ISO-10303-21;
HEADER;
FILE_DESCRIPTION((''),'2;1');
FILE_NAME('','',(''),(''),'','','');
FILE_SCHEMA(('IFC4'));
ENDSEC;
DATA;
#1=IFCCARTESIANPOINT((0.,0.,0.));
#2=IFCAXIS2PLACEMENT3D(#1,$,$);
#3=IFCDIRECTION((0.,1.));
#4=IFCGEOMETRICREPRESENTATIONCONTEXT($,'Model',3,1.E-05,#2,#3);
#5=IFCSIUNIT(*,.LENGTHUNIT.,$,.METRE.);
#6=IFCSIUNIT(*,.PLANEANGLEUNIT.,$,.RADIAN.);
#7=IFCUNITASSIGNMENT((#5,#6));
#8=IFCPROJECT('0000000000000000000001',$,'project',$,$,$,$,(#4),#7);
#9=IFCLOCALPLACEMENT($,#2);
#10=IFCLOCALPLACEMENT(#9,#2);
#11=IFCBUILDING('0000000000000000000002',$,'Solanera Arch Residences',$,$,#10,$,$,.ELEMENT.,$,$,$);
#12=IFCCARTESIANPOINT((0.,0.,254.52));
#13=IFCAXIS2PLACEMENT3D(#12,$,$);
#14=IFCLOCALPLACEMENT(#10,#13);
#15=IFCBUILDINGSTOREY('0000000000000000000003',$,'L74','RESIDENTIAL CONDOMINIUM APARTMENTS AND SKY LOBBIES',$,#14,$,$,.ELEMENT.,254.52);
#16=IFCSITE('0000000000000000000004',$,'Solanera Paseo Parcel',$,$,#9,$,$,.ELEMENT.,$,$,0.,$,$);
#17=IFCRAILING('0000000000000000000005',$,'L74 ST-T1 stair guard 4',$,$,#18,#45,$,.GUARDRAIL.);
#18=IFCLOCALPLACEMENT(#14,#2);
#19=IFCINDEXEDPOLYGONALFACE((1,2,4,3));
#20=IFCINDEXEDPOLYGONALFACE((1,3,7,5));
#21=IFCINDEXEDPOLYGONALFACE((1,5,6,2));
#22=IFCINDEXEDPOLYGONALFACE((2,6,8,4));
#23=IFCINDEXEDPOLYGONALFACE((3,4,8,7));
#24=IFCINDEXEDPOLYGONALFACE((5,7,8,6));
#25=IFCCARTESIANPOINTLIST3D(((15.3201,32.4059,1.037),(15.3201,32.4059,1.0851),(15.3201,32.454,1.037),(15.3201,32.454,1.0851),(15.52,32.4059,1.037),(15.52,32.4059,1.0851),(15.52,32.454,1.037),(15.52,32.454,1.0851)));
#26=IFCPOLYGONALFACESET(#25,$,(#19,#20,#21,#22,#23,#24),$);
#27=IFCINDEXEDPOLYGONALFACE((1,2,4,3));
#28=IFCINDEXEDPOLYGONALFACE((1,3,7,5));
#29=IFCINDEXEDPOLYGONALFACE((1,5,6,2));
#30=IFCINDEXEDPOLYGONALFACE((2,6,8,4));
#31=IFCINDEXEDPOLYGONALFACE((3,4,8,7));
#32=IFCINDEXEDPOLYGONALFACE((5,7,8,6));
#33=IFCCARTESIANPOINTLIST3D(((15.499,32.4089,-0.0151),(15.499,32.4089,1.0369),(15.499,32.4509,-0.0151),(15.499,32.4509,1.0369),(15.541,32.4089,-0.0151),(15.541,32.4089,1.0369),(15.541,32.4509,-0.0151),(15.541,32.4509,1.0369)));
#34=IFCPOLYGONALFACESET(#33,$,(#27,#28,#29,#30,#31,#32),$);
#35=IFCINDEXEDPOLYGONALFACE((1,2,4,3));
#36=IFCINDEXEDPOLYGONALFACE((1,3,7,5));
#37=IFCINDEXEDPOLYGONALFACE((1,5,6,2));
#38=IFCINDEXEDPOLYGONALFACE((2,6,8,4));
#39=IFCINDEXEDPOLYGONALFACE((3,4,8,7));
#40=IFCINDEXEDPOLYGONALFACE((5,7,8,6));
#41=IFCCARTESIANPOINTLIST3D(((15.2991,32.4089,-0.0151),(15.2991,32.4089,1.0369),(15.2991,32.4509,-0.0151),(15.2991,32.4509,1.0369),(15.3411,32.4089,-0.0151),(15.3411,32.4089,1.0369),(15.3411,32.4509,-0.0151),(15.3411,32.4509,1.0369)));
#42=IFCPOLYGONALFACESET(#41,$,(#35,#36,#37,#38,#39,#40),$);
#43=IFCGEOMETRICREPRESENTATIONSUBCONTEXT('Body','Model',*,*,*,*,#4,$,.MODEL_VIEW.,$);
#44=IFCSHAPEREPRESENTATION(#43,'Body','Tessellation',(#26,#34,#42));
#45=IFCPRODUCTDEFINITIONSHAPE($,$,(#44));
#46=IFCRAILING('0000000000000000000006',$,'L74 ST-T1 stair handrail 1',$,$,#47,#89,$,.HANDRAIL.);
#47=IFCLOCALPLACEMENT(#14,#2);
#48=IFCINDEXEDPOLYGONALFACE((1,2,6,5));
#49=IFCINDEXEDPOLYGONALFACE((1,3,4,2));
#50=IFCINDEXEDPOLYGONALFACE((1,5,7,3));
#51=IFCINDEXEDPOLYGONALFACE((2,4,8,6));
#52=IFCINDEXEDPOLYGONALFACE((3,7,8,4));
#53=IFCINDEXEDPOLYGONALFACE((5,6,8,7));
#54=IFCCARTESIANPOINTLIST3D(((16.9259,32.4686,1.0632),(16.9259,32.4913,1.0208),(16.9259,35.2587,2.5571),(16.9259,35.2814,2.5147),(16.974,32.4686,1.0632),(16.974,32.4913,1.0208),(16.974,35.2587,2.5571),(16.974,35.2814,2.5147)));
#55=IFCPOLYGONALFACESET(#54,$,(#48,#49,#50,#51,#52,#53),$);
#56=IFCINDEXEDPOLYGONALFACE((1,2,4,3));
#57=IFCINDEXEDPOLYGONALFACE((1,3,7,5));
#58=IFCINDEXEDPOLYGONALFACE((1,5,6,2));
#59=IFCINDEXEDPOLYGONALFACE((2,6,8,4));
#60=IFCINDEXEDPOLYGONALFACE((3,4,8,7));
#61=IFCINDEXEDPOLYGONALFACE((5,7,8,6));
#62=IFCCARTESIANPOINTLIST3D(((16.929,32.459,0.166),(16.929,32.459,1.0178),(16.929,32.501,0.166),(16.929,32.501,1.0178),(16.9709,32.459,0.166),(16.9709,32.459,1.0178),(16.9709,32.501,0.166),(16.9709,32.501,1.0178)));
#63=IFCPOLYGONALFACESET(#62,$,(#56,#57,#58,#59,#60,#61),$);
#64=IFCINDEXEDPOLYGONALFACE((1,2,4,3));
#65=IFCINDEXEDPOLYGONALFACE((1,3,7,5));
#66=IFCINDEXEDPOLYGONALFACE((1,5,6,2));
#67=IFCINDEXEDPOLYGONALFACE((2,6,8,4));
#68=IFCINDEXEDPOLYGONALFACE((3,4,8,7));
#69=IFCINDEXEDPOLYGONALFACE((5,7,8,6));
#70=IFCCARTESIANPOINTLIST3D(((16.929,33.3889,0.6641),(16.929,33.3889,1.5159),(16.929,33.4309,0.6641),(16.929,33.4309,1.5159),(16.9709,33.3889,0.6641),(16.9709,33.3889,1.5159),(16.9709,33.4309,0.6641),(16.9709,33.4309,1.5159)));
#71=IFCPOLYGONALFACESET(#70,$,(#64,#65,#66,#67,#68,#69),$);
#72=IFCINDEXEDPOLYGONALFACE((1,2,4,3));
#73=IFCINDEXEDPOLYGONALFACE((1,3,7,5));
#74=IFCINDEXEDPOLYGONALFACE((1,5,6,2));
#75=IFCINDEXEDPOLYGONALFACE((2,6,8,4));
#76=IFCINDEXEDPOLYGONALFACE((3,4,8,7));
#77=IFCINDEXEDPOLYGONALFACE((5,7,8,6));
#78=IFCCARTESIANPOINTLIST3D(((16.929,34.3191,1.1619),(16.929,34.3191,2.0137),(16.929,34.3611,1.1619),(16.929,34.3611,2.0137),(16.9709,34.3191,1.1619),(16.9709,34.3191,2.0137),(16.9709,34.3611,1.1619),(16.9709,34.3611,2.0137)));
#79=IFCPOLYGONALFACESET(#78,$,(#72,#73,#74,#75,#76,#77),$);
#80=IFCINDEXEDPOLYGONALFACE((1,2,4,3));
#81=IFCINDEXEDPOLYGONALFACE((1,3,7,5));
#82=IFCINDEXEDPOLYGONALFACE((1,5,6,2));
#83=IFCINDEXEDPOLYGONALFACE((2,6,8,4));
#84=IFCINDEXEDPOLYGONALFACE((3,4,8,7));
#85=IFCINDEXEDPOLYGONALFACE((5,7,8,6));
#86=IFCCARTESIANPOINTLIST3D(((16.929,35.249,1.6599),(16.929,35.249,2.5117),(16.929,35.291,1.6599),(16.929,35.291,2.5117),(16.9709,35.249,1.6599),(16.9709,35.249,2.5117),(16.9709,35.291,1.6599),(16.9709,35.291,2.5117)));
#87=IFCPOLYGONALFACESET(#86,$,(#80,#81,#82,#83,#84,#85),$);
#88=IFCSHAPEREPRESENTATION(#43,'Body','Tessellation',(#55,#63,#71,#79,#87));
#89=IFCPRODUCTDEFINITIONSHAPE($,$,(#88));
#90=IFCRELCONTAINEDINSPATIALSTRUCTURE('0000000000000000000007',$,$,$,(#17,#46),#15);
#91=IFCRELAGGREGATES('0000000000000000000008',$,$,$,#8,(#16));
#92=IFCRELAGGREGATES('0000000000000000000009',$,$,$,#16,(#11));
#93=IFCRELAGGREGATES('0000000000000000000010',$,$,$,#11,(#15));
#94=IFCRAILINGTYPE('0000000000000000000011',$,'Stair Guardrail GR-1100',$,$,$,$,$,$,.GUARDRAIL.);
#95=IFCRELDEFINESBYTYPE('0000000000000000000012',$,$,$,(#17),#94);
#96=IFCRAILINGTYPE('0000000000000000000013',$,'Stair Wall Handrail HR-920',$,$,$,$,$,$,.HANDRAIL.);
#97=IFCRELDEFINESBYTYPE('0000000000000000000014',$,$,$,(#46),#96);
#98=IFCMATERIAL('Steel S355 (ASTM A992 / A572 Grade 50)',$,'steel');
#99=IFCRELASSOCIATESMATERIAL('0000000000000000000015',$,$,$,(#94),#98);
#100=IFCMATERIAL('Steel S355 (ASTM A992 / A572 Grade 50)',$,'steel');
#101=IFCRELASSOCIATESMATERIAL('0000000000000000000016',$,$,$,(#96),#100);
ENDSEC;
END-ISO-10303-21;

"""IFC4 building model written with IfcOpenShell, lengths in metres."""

from ifc_helpers import new_model, si_unit, direction, frame, origin, origin_2d, place, context, subcontext, project, spatial, rectangle, extrude, material, type_object, element, save


model = new_model("IFC4")

# Units and contexts
model_context = context("Model", 3, precision=1e-05, world=origin(), true_north=direction((0.0, 1.0)))
body_context = subcontext(model_context, "Body", "Model", "MODEL_VIEW")
ifc_project = project(units=[si_unit("LENGTHUNIT", "METRE"), si_unit("PLANEANGLEUNIT", "RADIAN")], contexts=[model_context])

# Site, building, storey
site_placement = place(None, origin())
site = spatial("IfcSite", under=ifc_project, at=site_placement, Name="Solanera Paseo Parcel", CompositionType="ELEMENT", RefElevation=0.0)
building_placement = place(site_placement, origin())
building = spatial("IfcBuilding", under=site, at=building_placement, Name="Solanera Arch Residences", CompositionType="ELEMENT")
storey_placement = place(building_placement, frame((0.0, 0.0, 254.52)))
storey = spatial("IfcBuildingStorey", under=building, at=storey_placement, Name="L74", Description="RESIDENTIAL CONDOMINIUM APARTMENTS AND SKY LOBBIES", CompositionType="ELEMENT", Elevation=254.52)

# Railings
ifc_material_1 = material(Name="Steel S355 (ASTM A992 / A572 Grade 50)", Category="steel")
railing_type_1 = type_object("IfcRailingType", Name="Stair Guardrail GR-1100", PredefinedType="GUARDRAIL", material=ifc_material_1)
railing_1_placement = place(storey_placement, frame((15.52, 32.4299, -0.0151)))
element("IfcRailing", 1, at=railing_1_placement, inside=storey, type_object=railing_type_1, Name="L74 ST-T1 stair guard 4", PredefinedType="GUARDRAIL", context=body_context, shape_type="SweptSolid", body=[
    extrude(rectangle(XDim=0.0481, YDim=0.0481, at=origin_2d()), frame((0.0, 0.0, 1.0762), z_axis=(-1.0, 0.0, 0.0), x_axis=(0.0, -1.0, 0.0)), (0.0, 0.0, 1.0), 0.2),
    extrude(rectangle(XDim=0.042, YDim=0.042, at=origin_2d()), origin(), (0.0, 0.0, 1.0), 1.052),
    extrude(rectangle(XDim=0.042, YDim=0.042, at=origin_2d()), frame((-0.2, 0.0, 0.0)), (0.0, 0.0, 1.0), 1.052),
])
ifc_material_2 = material(Name="Steel S355 (ASTM A992 / A572 Grade 50)", Category="steel")
railing_type_2 = type_object("IfcRailingType", Name="Stair Wall Handrail HR-920", PredefinedType="HANDRAIL", material=ifc_material_2)
railing_2_placement = place(storey_placement, frame((16.95, 32.48, 0.166)))
element("IfcRailing", 2, at=railing_2_placement, inside=storey, type_object=railing_type_2, Name="L74 ST-T1 stair handrail 1", PredefinedType="HANDRAIL", context=body_context, shape_type="SweptSolid", body=[
    extrude(rectangle(XDim=0.0481, YDim=0.0481, at=origin_2d()), frame((0.0, 0.0, 0.876), z_axis=(0.0, 0.881581, 0.472033), x_axis=(-1.0, 0.0, 0.0)), (0.0, 0.0, 1.0), 3.1648),
    extrude(rectangle(XDim=0.042, YDim=0.042, at=origin_2d()), origin(), (0.0, 0.0, 1.0), 0.8518),
    extrude(rectangle(XDim=0.042, YDim=0.042, at=origin_2d()), frame((0.0, 0.9299, 0.498)), (0.0, 0.0, 1.0), 0.8518),
    extrude(rectangle(XDim=0.042, YDim=0.042, at=origin_2d()), frame((0.0, 1.8601, 0.9958)), (0.0, 0.0, 1.0), 0.8518),
    extrude(rectangle(XDim=0.042, YDim=0.042, at=origin_2d()), frame((0.0, 2.79, 1.4939)), (0.0, 0.0, 1.0), 0.8518),
])

save(model, "model.ifc")
